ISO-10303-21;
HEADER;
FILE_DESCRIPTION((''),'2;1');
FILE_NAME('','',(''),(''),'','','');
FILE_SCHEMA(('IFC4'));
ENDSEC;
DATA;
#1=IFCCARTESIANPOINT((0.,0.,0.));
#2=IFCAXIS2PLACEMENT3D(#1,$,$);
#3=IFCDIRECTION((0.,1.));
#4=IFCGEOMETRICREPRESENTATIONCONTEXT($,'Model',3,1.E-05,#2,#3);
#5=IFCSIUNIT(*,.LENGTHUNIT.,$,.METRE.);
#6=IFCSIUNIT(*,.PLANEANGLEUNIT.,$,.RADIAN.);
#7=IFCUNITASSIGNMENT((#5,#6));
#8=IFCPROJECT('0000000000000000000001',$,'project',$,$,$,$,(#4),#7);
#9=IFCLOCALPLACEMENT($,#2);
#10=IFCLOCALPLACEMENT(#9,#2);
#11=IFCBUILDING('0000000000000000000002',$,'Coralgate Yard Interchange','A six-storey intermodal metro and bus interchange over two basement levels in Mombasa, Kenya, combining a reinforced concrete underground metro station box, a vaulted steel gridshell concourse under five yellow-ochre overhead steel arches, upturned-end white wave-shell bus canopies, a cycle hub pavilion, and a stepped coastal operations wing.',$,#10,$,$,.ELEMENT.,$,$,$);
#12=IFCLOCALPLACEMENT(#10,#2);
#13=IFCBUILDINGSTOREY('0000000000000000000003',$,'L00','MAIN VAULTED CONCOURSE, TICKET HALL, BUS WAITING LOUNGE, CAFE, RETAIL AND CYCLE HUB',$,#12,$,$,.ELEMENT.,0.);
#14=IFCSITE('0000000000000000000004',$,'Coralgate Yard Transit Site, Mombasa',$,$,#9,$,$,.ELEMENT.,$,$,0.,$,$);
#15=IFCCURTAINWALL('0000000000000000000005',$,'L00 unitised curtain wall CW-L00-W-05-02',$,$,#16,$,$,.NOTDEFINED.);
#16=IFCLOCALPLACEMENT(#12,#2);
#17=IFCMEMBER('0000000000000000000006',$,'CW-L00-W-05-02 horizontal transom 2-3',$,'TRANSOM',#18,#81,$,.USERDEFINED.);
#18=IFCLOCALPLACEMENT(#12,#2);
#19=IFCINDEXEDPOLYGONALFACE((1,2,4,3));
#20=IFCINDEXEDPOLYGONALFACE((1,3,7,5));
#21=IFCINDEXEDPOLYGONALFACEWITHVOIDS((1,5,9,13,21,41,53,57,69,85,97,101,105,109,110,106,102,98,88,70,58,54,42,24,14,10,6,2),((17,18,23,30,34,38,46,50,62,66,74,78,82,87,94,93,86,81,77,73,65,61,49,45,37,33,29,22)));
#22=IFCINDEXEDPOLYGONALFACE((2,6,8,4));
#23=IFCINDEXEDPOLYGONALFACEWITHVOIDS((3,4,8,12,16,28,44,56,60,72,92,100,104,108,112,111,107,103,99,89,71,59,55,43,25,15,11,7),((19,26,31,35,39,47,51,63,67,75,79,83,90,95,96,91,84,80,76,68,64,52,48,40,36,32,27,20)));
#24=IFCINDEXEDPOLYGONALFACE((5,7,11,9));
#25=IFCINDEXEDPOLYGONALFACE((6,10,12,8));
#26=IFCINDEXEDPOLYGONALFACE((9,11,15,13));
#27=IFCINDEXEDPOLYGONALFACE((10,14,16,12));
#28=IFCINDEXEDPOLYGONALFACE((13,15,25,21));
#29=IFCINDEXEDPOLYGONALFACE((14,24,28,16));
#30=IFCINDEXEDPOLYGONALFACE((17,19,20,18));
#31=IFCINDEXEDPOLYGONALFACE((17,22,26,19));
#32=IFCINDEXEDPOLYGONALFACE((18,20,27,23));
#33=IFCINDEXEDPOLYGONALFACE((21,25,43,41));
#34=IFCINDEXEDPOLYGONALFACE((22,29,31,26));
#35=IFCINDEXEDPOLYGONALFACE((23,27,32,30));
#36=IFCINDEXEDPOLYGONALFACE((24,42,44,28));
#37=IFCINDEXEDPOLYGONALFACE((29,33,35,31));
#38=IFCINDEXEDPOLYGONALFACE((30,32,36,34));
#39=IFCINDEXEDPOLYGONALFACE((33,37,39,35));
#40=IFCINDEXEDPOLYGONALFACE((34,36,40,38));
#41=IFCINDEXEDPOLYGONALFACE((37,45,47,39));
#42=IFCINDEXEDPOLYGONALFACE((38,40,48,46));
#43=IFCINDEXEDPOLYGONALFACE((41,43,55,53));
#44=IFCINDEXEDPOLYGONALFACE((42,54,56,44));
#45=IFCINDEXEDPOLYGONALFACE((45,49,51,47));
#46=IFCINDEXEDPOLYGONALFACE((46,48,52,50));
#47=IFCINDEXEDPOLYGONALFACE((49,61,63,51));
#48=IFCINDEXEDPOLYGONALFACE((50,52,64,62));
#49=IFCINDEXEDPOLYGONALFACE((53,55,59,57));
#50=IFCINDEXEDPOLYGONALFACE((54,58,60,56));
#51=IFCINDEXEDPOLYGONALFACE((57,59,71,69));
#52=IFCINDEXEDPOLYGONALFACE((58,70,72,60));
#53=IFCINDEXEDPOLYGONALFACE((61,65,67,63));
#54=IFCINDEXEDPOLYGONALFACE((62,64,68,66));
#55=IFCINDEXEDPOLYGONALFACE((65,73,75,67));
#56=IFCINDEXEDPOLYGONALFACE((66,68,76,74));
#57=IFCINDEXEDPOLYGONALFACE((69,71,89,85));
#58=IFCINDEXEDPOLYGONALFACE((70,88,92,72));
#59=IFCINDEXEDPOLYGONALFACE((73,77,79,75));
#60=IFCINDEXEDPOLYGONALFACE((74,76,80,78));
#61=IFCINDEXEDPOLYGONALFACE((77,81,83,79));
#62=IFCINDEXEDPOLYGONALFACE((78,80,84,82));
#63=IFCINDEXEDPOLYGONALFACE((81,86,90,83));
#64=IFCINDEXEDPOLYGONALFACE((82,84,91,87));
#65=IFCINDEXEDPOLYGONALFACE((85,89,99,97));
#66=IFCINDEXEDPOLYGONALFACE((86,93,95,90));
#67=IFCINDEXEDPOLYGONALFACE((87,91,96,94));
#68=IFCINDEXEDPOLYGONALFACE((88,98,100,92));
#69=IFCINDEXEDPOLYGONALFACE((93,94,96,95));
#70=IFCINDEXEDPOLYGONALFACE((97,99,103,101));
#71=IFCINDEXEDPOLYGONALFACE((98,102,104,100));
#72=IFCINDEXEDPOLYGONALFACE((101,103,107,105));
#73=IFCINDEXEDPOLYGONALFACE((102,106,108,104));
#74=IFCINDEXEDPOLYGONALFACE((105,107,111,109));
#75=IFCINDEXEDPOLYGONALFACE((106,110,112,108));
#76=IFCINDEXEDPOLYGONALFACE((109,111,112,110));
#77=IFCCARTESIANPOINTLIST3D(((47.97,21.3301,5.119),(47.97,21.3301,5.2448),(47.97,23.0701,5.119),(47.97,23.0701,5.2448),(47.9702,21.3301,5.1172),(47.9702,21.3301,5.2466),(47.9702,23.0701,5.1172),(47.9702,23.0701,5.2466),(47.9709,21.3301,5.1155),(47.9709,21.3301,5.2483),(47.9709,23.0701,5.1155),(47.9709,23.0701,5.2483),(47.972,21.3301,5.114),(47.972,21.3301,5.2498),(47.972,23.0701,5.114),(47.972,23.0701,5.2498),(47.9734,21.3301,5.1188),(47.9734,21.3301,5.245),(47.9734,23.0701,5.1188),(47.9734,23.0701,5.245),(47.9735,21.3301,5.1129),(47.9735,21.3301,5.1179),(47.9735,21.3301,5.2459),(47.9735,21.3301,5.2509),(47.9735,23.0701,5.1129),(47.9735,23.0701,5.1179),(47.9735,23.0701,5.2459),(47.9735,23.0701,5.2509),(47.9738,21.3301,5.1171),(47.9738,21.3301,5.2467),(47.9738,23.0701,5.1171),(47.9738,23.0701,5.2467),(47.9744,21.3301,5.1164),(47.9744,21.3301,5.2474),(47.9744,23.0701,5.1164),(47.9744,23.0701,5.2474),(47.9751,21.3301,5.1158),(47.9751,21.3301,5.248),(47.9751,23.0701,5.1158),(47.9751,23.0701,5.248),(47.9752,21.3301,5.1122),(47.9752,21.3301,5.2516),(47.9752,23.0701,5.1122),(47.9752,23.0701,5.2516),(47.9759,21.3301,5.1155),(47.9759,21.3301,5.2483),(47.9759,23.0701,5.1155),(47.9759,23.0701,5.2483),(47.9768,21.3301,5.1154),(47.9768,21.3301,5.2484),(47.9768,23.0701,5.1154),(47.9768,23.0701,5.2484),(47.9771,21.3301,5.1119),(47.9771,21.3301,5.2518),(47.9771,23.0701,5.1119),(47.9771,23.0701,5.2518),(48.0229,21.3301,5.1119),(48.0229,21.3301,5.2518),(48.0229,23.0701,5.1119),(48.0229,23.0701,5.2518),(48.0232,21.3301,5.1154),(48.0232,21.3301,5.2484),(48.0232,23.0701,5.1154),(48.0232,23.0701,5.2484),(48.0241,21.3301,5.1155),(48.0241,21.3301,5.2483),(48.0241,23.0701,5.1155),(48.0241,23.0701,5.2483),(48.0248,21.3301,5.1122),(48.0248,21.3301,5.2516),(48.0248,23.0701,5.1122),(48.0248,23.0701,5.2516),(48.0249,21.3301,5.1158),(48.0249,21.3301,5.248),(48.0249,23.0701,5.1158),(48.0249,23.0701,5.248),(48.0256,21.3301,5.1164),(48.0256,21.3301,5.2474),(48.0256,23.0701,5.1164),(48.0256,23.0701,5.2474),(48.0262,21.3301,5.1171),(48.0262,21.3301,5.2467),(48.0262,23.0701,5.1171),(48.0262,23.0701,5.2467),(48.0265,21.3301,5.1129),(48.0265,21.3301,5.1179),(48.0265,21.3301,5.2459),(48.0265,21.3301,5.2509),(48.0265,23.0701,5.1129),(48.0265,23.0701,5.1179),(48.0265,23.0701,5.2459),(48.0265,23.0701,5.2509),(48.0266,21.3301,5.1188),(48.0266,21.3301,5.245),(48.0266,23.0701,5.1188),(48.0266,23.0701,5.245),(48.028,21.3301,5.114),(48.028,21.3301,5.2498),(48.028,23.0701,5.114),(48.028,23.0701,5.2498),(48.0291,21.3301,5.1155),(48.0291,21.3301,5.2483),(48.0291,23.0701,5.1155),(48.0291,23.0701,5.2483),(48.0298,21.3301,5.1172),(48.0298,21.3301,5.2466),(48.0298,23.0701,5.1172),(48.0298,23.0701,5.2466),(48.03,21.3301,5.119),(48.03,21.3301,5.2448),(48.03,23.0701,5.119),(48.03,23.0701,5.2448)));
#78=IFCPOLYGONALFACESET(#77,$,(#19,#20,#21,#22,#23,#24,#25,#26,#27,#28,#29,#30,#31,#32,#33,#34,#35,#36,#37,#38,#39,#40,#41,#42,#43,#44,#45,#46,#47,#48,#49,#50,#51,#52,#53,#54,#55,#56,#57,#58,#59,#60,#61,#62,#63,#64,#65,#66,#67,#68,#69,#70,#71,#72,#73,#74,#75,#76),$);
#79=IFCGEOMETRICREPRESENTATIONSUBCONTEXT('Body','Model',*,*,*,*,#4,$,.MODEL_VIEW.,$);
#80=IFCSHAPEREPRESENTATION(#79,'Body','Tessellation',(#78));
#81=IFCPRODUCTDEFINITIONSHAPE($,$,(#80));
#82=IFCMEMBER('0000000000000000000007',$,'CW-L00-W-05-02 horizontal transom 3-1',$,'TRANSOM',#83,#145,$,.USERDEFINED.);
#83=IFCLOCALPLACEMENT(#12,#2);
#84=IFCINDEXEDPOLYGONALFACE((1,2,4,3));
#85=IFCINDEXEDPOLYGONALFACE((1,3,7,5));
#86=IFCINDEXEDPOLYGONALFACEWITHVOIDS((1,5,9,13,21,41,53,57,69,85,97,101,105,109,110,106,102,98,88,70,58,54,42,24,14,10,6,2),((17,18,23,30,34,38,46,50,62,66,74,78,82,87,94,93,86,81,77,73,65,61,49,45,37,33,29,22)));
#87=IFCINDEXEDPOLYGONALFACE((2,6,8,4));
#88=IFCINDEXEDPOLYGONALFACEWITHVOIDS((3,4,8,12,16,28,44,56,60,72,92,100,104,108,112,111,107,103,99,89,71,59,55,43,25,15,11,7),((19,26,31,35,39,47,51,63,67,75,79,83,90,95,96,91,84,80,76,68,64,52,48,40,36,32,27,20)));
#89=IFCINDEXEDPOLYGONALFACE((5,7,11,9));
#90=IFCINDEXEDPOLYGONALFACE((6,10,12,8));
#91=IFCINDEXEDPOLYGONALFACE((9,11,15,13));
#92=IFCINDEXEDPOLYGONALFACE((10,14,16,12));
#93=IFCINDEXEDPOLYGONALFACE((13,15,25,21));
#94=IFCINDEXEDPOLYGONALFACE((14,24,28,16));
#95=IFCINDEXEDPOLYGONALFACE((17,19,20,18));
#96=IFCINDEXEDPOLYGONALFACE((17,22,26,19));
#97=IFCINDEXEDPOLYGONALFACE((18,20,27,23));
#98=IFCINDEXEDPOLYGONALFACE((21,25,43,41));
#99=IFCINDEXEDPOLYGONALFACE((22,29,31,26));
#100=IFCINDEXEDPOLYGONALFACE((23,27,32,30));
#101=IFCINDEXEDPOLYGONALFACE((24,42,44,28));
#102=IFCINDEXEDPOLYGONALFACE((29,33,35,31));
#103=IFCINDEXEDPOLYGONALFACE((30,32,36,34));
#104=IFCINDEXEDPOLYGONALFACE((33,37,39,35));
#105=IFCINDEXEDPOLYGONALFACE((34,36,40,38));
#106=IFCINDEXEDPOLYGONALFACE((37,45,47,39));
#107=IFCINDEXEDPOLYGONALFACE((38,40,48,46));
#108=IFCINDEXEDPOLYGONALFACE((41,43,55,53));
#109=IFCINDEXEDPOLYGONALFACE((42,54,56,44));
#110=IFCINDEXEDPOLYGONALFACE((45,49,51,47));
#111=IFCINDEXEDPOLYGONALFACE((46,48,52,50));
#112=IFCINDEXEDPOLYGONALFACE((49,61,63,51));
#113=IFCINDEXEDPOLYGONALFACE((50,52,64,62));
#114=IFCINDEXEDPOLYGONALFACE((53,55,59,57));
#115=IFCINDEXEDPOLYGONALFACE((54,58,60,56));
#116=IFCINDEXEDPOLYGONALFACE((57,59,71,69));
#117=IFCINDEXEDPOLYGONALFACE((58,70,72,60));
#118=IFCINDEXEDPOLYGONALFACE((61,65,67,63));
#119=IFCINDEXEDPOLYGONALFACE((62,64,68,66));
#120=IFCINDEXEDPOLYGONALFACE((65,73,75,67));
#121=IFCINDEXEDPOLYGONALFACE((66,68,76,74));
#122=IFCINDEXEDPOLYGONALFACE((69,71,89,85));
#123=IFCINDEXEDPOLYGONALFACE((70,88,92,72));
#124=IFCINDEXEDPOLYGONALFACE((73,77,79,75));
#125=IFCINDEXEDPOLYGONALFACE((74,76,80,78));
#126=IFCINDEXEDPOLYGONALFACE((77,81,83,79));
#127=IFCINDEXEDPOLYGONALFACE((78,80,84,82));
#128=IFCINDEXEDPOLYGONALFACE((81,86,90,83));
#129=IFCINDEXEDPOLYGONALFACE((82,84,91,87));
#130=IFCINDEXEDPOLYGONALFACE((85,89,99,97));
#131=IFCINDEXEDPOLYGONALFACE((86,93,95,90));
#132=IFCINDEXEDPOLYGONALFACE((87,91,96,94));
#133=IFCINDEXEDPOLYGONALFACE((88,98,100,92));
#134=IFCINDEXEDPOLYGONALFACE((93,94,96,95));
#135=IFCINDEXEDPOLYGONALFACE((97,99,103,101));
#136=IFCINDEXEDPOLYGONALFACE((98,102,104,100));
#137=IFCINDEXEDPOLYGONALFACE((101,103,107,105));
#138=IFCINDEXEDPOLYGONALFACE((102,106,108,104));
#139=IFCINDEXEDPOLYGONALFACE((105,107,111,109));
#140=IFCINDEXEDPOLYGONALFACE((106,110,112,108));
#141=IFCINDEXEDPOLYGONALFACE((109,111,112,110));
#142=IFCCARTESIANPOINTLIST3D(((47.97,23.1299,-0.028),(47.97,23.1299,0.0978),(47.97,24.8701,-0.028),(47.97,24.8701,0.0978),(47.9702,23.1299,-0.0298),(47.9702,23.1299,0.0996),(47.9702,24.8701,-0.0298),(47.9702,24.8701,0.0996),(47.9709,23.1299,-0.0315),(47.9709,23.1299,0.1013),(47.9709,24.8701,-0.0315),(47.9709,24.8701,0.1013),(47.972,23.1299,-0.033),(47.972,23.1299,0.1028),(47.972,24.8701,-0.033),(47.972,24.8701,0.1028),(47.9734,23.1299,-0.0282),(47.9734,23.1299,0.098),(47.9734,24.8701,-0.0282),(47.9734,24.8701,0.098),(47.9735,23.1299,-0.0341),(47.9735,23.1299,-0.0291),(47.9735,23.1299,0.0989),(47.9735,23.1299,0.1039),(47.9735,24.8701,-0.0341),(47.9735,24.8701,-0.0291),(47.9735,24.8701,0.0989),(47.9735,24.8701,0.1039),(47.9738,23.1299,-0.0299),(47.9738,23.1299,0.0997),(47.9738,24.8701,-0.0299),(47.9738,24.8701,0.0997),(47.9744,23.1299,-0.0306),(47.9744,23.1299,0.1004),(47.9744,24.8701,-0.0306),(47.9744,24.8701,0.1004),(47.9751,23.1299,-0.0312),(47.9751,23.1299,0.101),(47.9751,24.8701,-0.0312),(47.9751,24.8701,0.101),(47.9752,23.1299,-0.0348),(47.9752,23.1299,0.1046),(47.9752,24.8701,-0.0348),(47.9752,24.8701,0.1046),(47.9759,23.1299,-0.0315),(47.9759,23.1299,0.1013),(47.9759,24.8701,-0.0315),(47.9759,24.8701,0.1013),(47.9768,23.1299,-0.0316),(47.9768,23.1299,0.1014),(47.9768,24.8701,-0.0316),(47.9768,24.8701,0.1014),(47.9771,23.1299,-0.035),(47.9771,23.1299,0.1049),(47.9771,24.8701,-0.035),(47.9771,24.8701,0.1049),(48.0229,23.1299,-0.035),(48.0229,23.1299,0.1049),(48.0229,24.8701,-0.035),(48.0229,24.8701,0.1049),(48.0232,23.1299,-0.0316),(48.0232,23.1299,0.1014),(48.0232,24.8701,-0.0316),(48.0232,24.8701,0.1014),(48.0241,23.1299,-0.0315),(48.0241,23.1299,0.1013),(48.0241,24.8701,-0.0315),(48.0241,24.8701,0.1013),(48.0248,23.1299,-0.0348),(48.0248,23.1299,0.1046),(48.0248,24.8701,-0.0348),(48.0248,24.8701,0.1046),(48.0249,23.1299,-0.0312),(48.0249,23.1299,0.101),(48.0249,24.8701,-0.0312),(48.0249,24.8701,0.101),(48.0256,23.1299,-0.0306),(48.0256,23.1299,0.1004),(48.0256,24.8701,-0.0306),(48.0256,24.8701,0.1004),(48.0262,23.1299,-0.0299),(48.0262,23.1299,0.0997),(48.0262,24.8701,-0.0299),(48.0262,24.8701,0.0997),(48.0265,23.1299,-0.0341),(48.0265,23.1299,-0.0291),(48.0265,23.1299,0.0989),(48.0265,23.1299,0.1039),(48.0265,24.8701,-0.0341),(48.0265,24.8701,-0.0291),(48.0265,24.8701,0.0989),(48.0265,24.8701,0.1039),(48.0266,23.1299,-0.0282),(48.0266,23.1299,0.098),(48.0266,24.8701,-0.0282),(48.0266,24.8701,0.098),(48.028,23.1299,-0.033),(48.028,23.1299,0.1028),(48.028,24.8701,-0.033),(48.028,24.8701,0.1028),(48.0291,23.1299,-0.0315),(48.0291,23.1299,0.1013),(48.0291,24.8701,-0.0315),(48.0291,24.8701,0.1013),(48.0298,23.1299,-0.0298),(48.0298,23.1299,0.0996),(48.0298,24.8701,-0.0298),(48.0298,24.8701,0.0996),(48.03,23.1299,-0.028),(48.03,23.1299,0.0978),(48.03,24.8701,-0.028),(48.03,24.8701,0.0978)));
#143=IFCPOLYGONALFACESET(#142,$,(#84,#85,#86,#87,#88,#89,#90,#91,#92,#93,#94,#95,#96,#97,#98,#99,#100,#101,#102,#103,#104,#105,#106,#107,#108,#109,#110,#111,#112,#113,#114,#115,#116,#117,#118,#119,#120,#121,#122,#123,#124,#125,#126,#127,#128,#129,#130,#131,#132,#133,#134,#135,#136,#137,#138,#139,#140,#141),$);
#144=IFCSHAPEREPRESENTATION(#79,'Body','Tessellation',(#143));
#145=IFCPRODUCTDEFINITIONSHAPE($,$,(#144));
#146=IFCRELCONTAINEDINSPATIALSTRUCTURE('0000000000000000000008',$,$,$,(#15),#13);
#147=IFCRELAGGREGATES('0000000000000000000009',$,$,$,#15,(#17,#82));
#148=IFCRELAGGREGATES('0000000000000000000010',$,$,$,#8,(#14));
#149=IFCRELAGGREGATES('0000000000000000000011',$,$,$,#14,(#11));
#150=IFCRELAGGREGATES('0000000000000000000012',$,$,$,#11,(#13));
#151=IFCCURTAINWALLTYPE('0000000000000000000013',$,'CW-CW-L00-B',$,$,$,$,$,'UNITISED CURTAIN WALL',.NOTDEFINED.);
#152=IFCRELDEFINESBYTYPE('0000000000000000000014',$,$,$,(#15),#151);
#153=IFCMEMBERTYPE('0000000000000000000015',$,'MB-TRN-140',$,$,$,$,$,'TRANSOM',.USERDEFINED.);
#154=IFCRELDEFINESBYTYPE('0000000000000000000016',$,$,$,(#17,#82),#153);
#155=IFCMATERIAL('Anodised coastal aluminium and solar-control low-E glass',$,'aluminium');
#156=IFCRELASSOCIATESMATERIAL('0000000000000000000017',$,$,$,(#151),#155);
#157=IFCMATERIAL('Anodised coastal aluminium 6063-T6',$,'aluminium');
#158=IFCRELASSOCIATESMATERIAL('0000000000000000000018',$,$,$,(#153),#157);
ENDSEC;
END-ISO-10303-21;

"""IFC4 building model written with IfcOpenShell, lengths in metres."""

from ifc_helpers import new_model, si_unit, direction, frame, origin, origin_2d, place, context, subcontext, project, spatial, hollow_rectangle, extrude, material, material_profile, profile_set, type_object, element, aggregate, save


model = new_model("IFC4")

# Units and contexts
model_context = context("Model", 3, precision=1e-05, world=origin(), true_north=direction((0.0, 1.0)))
body_context = subcontext(model_context, "Body", "Model", "MODEL_VIEW")
ifc_project = project(units=[si_unit("LENGTHUNIT", "METRE"), si_unit("PLANEANGLEUNIT", "RADIAN")], contexts=[model_context])

# Site, building, storey
site_placement = place(None, origin())
site = spatial("IfcSite", under=ifc_project, at=site_placement, Name="Coralgate Yard Transit Site, Mombasa", CompositionType="ELEMENT", RefElevation=0.0)
building_placement = place(site_placement, origin())
building = spatial("IfcBuilding", under=site, at=building_placement, Name="Coralgate Yard Interchange", Description="A six-storey intermodal metro and bus interchange over two basement levels in Mombasa, Kenya, combining a reinforced concrete underground metro station box, a vaulted steel gridshell concourse under five yellow-ochre overhead steel arches, upturned-end white wave-shell bus canopies, a cycle hub pavilion, and a stepped coastal operations wing.", CompositionType="ELEMENT")
storey_placement = place(building_placement, origin())
storey = spatial("IfcBuildingStorey", under=building, at=storey_placement, Name="L00", Description="MAIN VAULTED CONCOURSE, TICKET HALL, BUS WAITING LOUNGE, CAFE, RETAIL AND CYCLE HUB", CompositionType="ELEMENT", Elevation=0.0)

# Shared definitions
ifc_material_1 = material(Name="Anodised coastal aluminium and solar-control low-E glass", Category="aluminium")
curtain_wall_type = type_object("IfcCurtainWallType", Name="CW-CW-L00-B", ElementType="UNITISED CURTAIN WALL", PredefinedType="NOTDEFINED", material=ifc_material_1)
ifc_material_2 = material(Name="Anodised coastal aluminium 6063-T6", Category="aluminium")

# Curtain wall
curtain_wall_1_placement = place(storey_placement, origin())
curtain_wall_1 = element("IfcCurtainWall", 1, at=curtain_wall_1_placement, inside=storey, type_object=curtain_wall_type, Name="L00 unitised curtain wall CW-L00-W-05-02", PredefinedType="NOTDEFINED")

# Members
ifc_material_profile_1 = material_profile(ifc_material_2, hollow_rectangle(XDim=0.0601, YDim=0.1399, WallThickness=0.0034, InnerFilletRadius=0.0034, OuterFilletRadius=0.0071, at=origin_2d()), Name="ALU 60x140x3.5")
ifc_profile_set_1 = profile_set([ifc_material_profile_1], Name="Anodised coastal aluminium 6063-T6")
member_type_1 = type_object("IfcMemberType", Name="MB-TRN-140", ElementType="TRANSOM", PredefinedType="USERDEFINED", material=ifc_profile_set_1)
member_1_placement = place(storey_placement, frame((48.0, 21.3301, 5.1819), z_axis=(0.0, 1.0, 0.0), x_axis=(-1.0, 0.0, 0.0)))
member_1 = element("IfcMember", 2, at=member_1_placement, type_object=member_type_1, Name="CW-L00-W-05-02 horizontal transom 2-3", ObjectType="TRANSOM", PredefinedType="USERDEFINED", context=body_context, shape_type="SweptSolid", body=[
    extrude(hollow_rectangle(XDim=0.0601, YDim=0.1399, WallThickness=0.0034, InnerFilletRadius=0.0034, OuterFilletRadius=0.0071, at=origin_2d()), origin(), (0.0, 0.0, 1.0), 1.74),
])
member_2_placement = place(storey_placement, frame((48.0, 23.1299, 0.0349), z_axis=(0.0, 1.0, 0.0), x_axis=(-1.0, 0.0, 0.0)))
member_2 = element("IfcMember", 3, at=member_2_placement, type_object=member_type_1, Name="CW-L00-W-05-02 horizontal transom 3-1", ObjectType="TRANSOM", PredefinedType="USERDEFINED", context=body_context, shape_type="SweptSolid", body=[
    extrude(hollow_rectangle(XDim=0.0601, YDim=0.1399, WallThickness=0.0034, InnerFilletRadius=0.0034, OuterFilletRadius=0.0071, at=origin_2d()), origin(), (0.0, 0.0, 1.0), 1.7402),
])

aggregate(curtain_wall_1, [member_1, member_2])

save(model, "model.ifc")
